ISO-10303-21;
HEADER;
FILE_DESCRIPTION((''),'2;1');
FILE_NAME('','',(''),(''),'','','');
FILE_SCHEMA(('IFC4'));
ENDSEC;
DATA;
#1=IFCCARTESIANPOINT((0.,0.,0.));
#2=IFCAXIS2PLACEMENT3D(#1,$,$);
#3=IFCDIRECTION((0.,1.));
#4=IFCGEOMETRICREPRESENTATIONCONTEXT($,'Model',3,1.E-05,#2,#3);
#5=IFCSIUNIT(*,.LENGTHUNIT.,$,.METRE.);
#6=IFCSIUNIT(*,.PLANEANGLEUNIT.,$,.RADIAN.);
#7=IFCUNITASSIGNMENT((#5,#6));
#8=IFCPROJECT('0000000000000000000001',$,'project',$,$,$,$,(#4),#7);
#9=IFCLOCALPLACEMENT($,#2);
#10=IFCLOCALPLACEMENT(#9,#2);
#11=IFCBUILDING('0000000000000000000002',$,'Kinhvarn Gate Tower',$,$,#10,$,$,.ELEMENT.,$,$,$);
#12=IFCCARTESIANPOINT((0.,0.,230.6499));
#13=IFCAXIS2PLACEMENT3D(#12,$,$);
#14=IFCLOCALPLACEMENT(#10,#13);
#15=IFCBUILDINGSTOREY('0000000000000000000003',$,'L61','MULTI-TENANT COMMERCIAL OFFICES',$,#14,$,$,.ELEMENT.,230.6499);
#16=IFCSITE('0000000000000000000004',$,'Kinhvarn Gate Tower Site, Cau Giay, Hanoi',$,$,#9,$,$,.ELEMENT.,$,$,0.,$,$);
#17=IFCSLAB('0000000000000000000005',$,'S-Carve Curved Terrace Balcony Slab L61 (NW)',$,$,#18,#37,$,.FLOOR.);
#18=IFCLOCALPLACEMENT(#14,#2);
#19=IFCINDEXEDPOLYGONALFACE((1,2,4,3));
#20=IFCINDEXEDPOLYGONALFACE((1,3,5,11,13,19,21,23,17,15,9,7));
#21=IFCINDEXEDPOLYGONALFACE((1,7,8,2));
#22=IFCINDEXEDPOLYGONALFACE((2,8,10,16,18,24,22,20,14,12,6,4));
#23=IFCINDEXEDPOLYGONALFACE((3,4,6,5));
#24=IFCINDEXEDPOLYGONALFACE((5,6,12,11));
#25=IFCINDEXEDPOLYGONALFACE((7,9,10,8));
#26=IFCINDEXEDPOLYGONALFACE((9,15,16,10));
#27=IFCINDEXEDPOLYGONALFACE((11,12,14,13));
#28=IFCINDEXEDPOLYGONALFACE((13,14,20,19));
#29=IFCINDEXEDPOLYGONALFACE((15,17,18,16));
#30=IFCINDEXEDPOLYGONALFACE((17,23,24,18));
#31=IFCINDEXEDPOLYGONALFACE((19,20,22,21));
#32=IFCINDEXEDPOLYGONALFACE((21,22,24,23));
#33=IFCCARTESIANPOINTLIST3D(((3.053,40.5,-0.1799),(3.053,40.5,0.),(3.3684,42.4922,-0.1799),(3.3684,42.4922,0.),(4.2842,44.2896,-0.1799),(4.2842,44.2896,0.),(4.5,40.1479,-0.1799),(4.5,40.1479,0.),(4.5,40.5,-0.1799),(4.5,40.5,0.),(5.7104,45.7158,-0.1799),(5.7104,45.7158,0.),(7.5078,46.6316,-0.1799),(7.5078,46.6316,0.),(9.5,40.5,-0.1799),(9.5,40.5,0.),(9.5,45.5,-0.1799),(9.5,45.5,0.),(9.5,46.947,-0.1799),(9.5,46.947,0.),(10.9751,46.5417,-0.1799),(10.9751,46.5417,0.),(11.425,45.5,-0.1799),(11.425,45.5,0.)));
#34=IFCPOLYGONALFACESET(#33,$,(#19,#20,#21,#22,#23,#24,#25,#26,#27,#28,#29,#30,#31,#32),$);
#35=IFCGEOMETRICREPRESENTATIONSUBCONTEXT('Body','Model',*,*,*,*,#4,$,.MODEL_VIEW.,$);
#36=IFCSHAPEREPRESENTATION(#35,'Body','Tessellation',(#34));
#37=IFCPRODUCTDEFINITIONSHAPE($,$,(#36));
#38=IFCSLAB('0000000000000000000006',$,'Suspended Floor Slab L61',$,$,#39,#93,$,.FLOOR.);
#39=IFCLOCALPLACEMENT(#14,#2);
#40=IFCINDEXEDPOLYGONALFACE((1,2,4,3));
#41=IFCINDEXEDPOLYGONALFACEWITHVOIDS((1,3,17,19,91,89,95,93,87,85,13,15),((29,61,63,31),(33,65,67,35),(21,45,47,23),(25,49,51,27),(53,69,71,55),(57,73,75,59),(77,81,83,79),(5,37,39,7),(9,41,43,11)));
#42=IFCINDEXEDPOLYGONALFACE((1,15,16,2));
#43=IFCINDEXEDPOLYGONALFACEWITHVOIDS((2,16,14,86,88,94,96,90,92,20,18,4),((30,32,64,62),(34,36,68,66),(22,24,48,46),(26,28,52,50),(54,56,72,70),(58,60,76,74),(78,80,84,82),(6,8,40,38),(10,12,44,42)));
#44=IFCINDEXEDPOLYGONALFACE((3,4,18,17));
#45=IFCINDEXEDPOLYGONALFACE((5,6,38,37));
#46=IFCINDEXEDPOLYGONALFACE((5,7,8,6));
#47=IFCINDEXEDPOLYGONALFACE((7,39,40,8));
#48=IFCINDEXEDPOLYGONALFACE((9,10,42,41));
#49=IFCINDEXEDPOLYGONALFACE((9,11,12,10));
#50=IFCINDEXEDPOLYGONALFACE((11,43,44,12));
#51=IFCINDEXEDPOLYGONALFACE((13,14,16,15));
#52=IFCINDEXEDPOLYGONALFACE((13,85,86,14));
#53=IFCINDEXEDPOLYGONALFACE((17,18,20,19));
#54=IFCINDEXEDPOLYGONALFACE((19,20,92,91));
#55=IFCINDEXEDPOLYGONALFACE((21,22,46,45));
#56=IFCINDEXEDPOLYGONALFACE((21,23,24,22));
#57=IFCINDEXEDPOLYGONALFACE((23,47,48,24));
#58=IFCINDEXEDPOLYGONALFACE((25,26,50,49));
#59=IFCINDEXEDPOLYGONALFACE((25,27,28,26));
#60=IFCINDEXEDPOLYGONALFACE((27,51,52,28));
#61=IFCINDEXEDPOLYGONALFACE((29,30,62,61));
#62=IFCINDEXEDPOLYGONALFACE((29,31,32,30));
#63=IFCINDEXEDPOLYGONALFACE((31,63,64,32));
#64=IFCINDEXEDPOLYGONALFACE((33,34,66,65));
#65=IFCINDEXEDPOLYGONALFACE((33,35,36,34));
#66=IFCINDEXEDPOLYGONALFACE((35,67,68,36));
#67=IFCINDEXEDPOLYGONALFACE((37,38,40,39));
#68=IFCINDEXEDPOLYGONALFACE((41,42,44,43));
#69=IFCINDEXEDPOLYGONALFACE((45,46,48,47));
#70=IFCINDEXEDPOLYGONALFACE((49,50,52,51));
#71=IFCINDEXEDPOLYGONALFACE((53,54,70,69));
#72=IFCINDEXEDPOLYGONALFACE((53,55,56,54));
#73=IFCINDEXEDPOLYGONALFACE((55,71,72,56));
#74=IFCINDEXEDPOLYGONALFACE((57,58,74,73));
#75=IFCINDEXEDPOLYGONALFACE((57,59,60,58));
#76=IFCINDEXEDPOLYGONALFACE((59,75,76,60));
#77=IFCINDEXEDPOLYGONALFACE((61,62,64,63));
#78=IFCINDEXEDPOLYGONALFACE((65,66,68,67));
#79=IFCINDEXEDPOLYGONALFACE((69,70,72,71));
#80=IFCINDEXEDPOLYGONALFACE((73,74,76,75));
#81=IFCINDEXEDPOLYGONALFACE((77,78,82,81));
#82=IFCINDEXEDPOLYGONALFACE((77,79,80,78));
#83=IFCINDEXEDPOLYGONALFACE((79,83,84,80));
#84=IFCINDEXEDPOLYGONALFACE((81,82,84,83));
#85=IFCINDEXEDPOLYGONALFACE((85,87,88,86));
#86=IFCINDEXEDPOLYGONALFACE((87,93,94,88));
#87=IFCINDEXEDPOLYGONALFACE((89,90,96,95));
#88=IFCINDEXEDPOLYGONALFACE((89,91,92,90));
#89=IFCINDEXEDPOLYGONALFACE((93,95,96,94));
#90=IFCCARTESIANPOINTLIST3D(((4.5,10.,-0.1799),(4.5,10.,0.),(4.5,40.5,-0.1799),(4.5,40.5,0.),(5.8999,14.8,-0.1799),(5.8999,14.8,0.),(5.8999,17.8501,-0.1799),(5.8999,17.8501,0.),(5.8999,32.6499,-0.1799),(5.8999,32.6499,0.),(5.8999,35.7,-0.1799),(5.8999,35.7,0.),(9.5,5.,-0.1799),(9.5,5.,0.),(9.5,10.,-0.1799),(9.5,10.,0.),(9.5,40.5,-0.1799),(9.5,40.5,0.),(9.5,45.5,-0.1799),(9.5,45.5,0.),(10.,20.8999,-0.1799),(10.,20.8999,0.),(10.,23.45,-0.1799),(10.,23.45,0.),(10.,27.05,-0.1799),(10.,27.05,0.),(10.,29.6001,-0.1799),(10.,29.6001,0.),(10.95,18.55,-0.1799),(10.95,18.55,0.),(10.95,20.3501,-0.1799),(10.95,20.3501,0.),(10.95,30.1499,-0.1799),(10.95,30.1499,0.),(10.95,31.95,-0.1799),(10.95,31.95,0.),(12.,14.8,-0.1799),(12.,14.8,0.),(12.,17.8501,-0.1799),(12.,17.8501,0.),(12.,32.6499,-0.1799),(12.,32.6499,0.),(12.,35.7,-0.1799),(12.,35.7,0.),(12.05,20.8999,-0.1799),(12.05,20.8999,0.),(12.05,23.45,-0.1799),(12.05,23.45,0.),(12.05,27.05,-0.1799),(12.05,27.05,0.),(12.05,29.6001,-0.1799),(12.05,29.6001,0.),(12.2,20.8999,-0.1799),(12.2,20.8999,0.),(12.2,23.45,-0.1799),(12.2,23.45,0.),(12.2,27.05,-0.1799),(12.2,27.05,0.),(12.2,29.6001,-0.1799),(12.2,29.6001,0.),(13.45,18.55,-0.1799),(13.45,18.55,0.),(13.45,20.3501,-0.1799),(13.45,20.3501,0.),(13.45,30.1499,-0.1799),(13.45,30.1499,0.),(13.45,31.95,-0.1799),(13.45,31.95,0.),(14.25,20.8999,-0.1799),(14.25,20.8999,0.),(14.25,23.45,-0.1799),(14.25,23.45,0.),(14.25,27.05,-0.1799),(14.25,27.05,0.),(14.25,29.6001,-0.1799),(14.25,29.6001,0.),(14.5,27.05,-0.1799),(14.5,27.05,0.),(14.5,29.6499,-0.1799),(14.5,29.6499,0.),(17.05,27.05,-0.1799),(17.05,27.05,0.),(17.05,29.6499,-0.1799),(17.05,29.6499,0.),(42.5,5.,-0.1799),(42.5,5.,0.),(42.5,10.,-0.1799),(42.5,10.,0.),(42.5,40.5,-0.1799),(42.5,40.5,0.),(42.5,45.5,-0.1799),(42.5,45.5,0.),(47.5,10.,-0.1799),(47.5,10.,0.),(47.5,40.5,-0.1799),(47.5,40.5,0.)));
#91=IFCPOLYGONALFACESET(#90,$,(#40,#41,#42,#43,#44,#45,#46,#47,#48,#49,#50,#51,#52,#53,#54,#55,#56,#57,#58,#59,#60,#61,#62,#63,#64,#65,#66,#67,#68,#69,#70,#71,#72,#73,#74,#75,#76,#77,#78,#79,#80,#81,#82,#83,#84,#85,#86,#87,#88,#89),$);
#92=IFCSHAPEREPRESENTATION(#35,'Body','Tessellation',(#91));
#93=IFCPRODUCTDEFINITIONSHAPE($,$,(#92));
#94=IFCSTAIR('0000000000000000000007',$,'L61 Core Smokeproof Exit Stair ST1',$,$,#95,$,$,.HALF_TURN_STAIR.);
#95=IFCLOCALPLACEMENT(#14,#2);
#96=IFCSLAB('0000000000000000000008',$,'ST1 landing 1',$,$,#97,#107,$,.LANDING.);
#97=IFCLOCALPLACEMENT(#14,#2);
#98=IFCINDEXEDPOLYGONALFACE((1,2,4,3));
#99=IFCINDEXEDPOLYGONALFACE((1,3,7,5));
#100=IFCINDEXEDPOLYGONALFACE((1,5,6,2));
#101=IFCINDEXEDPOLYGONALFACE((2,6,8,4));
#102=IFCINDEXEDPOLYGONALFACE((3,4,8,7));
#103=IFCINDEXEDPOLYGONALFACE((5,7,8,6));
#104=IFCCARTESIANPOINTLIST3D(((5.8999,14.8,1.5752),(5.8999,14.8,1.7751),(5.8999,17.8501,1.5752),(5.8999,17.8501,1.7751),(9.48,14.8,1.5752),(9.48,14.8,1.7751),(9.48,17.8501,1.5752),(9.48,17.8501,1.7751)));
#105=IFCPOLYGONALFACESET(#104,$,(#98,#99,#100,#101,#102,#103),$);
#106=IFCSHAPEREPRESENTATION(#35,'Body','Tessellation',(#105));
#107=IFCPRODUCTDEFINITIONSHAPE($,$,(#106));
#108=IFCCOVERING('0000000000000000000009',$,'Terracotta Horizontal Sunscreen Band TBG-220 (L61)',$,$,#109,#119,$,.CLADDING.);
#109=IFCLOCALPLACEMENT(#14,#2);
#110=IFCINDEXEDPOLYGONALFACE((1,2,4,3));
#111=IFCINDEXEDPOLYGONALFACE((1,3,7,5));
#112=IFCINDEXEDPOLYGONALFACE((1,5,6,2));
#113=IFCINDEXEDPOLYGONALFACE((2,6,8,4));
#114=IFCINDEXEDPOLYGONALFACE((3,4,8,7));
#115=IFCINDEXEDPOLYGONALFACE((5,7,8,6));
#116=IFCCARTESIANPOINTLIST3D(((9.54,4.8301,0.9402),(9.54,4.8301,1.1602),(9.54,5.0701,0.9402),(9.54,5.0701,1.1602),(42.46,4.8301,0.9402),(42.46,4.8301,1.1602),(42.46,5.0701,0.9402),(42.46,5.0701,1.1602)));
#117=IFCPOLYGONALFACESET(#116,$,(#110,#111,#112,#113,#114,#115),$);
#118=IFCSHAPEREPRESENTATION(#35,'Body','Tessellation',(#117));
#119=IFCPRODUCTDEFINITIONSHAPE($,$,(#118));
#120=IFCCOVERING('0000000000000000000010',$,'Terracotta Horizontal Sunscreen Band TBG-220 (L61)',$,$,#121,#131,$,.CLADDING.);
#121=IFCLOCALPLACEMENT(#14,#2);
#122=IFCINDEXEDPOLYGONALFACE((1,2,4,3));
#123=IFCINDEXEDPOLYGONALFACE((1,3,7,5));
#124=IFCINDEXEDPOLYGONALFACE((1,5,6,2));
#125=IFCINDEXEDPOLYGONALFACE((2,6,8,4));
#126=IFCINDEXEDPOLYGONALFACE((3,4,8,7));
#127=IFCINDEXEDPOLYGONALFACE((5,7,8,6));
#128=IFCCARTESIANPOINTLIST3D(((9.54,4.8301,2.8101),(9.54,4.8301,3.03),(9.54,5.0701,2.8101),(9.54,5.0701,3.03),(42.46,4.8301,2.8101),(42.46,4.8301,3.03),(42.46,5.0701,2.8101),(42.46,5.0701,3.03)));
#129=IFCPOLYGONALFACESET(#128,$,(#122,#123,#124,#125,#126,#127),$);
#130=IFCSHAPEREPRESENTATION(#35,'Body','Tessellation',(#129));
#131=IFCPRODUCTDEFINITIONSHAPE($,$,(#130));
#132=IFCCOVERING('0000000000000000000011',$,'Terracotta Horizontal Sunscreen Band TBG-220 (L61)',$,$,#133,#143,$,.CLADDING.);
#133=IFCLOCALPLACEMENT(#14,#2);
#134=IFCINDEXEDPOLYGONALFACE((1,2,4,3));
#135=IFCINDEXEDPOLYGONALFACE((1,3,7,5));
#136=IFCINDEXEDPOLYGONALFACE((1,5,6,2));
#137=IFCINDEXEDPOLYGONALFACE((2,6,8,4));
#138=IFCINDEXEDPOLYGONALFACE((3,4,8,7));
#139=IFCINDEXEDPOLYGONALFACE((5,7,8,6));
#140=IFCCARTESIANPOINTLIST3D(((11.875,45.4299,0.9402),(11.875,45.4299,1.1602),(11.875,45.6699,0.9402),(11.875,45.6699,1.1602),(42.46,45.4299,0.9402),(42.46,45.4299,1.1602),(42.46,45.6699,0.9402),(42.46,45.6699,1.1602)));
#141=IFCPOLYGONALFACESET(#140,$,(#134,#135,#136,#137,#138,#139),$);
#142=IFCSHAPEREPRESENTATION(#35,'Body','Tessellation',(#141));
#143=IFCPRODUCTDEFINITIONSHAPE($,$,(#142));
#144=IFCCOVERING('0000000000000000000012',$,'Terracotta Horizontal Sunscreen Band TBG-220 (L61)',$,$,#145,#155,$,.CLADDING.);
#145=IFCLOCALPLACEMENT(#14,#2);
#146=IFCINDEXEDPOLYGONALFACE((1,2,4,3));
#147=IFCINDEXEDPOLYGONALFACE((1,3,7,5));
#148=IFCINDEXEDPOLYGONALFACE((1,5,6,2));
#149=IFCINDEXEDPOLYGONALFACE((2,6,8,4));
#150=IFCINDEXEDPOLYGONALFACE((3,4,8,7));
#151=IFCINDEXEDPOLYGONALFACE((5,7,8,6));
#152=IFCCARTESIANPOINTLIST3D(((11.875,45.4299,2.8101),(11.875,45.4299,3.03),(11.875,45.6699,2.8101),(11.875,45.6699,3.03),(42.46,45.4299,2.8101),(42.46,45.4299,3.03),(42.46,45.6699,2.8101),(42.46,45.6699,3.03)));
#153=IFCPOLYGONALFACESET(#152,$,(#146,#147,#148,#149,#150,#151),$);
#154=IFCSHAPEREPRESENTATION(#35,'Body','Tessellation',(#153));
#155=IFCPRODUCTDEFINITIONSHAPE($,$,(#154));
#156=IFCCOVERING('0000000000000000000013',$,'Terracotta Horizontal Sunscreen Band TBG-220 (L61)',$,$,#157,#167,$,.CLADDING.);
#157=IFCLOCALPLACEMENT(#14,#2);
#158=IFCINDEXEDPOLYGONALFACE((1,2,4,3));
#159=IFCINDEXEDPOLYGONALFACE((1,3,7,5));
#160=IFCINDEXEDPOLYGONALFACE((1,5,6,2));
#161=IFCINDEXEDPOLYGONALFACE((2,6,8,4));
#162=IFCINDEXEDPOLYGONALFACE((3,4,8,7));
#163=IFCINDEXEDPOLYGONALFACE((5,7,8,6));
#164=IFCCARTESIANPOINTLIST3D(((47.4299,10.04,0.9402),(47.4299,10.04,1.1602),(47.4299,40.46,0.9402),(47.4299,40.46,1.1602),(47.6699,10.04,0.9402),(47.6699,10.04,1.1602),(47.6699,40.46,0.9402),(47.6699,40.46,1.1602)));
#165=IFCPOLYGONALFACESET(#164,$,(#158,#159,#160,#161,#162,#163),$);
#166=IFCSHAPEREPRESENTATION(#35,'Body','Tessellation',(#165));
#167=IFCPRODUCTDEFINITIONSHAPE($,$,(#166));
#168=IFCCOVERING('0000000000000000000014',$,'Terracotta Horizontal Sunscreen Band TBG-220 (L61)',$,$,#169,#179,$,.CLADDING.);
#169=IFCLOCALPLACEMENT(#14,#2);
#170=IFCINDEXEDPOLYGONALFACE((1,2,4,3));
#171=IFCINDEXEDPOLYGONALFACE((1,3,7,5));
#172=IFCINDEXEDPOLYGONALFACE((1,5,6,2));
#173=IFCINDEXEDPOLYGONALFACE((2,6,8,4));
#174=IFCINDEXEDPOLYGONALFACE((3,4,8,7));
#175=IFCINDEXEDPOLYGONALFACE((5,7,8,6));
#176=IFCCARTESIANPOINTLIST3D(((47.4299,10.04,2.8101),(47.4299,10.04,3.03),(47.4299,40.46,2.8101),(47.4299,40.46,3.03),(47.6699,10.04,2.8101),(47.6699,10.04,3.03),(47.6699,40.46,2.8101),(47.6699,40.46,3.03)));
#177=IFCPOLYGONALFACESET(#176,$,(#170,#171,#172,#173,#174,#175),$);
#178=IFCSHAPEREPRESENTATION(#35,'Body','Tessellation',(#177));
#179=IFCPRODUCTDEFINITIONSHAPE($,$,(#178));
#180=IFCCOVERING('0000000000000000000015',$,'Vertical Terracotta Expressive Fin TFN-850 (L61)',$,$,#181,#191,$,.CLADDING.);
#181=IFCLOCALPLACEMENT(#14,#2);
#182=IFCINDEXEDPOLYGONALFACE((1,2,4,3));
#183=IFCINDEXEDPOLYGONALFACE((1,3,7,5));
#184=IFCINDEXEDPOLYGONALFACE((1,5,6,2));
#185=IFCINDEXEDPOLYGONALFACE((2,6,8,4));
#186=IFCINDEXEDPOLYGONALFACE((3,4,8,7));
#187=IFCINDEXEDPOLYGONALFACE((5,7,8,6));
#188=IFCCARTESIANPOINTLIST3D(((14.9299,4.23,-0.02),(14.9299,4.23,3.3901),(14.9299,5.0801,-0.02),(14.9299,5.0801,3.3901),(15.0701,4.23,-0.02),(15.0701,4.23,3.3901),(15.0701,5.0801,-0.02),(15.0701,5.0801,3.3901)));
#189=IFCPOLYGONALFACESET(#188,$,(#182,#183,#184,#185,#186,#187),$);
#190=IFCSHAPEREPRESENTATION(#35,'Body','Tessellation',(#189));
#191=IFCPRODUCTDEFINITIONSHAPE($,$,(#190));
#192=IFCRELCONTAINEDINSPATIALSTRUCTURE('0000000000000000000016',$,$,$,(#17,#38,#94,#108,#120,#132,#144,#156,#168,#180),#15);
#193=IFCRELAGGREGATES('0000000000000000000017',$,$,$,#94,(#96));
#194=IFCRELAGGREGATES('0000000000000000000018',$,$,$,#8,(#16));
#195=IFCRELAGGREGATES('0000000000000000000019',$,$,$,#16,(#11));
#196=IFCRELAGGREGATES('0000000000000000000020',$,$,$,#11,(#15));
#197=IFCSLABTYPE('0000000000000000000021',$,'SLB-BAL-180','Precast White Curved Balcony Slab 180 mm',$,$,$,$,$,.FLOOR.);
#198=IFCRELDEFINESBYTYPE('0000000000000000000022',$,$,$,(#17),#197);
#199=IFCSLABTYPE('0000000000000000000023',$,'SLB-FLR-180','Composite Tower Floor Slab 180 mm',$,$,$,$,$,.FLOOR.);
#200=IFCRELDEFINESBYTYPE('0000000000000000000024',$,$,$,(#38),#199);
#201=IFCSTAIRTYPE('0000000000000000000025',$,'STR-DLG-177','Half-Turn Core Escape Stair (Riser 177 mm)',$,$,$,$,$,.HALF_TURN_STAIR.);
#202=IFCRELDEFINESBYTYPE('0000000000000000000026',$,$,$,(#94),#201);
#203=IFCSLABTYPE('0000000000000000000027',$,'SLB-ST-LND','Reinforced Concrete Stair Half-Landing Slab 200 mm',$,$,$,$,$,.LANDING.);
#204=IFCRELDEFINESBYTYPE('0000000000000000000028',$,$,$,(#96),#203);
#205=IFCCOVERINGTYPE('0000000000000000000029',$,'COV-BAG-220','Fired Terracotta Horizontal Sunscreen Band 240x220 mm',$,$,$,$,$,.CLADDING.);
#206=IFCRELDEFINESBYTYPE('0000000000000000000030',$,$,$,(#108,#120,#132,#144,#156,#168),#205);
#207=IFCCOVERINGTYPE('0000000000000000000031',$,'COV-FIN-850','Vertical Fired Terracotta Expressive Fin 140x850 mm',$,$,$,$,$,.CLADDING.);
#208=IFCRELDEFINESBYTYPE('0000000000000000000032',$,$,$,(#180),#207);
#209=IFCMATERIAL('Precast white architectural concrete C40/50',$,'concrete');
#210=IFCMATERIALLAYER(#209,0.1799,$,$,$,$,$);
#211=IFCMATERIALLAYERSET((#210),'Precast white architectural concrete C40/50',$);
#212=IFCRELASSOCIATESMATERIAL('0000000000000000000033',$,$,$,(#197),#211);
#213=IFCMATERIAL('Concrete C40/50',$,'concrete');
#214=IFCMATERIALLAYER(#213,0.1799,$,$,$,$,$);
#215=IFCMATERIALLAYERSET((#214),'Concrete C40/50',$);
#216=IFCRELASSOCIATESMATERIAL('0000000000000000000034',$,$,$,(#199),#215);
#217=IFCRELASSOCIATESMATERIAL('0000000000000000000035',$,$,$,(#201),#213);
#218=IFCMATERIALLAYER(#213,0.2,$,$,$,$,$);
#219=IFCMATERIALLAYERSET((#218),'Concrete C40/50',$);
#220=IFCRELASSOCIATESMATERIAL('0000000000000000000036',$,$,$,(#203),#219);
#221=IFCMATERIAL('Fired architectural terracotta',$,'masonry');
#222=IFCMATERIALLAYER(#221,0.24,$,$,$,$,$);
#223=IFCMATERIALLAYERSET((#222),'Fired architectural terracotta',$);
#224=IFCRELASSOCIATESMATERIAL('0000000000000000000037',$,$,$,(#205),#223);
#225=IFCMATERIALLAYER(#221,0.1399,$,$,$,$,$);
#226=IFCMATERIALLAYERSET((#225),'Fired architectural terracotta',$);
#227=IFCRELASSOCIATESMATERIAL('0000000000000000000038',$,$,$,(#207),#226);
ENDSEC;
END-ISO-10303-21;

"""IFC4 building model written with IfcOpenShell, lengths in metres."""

from ifc_helpers import new_model, si_unit, direction, frame, origin, place, context, subcontext, project, spatial, polyline, outline, extrude, material, layer, layer_set, type_object, element, aggregate, save


model = new_model("IFC4")

# Units and contexts
model_context = context("Model", 3, precision=1e-05, world=origin(), true_north=direction((0.0, 1.0)))
body_context = subcontext(model_context, "Body", "Model", "MODEL_VIEW")
ifc_project = project(units=[si_unit("LENGTHUNIT", "METRE"), si_unit("PLANEANGLEUNIT", "RADIAN")], contexts=[model_context])

# Site, building, storey
site_placement = place(None, origin())
site = spatial("IfcSite", under=ifc_project, at=site_placement, Name="Kinhvarn Gate Tower Site, Cau Giay, Hanoi", CompositionType="ELEMENT", RefElevation=0.0)
building_placement = place(site_placement, origin())
building = spatial("IfcBuilding", under=site, at=building_placement, Name="Kinhvarn Gate Tower", CompositionType="ELEMENT")
storey_placement = place(building_placement, frame((0.0, 0.0, 230.6499)))
storey = spatial("IfcBuildingStorey", under=building, at=storey_placement, Name="L61", Description="MULTI-TENANT COMMERCIAL OFFICES", CompositionType="ELEMENT", Elevation=230.6499)

# Slabs
ifc_material_1 = material(Name="Precast white architectural concrete C40/50", Category="concrete")
ifc_layer_1 = layer(ifc_material_1, 0.1799)
ifc_layer_set_1 = layer_set([ifc_layer_1], Name="Precast white architectural concrete C40/50")
slab_type_1 = type_object("IfcSlabType", Name="SLB-BAL-180", Description="Precast White Curved Balcony Slab 180 mm", PredefinedType="FLOOR", material=ifc_layer_set_1)
slab_1_placement = place(storey_placement, frame((0.0, 0.0, -0.1799)))
element("IfcSlab", 1, at=slab_1_placement, inside=storey, type_object=slab_type_1, Name="S-Carve Curved Terrace Balcony Slab L61 (NW)", PredefinedType="FLOOR", context=body_context, shape_type="SweptSolid", body=[
    extrude(outline(polyline([(11.425, 45.5), (10.9751, 46.5417), (9.5, 46.947), (7.5078, 46.6316), (5.7104, 45.7158), (4.2842, 44.2896), (3.3684, 42.4922), (3.053, 40.5), (4.5, 40.1479), (4.5, 40.5), (9.5, 40.5), (9.5, 45.5), (11.425, 45.5)])), origin(), (0.0, 0.0, 1.0), 0.1799),
])
ifc_material_2 = material(Name="Concrete C40/50", Category="concrete")
ifc_layer_2 = layer(ifc_material_2, 0.1799)
ifc_layer_set_2 = layer_set([ifc_layer_2], Name="Concrete C40/50")
slab_type_2 = type_object("IfcSlabType", Name="SLB-FLR-180", Description="Composite Tower Floor Slab 180 mm", PredefinedType="FLOOR", material=ifc_layer_set_2)
slab_2_placement = place(storey_placement, frame((0.0, 0.0, -0.1799)))
element("IfcSlab", 2, at=slab_2_placement, inside=storey, type_object=slab_type_2, Name="Suspended Floor Slab L61", PredefinedType="FLOOR", context=body_context, shape_type="SweptSolid", body=[
    extrude(outline(polyline([(9.5, 5.0), (42.5, 5.0), (42.5, 10.0), (47.5, 10.0), (47.5, 40.5), (42.5, 40.5), (42.5, 45.5), (9.5, 45.5), (9.5, 40.5), (4.5, 40.5), (4.5, 10.0), (9.5, 10.0), (9.5, 5.0)]), holes=[polyline([(5.8999, 14.8), (12.0, 14.8), (12.0, 17.8501), (5.8999, 17.8501), (5.8999, 14.8)]), polyline([(5.8999, 32.6499), (12.0, 32.6499), (12.0, 35.7), (5.8999, 35.7), (5.8999, 32.6499)]), polyline([(10.0, 20.8999), (12.05, 20.8999), (12.05, 23.45), (10.0, 23.45), (10.0, 20.8999)]), polyline([(12.2, 20.8999), (14.25, 20.8999), (14.25, 23.45), (12.2, 23.45), (12.2, 20.8999)]), polyline([(10.0, 27.05), (12.05, 27.05), (12.05, 29.6001), (10.0, 29.6001), (10.0, 27.05)]), polyline([(12.2, 27.05), (14.25, 27.05), (14.25, 29.6001), (12.2, 29.6001), (12.2, 27.05)]), polyline([(14.5, 27.05), (17.05, 27.05), (17.05, 29.6499), (14.5, 29.6499), (14.5, 27.05)]), polyline([(10.95, 18.55), (13.45, 18.55), (13.45, 20.3501), (10.95, 20.3501), (10.95, 18.55)]), polyline([(10.95, 30.1499), (13.45, 30.1499), (13.45, 31.95), (10.95, 31.95), (10.95, 30.1499)])]), origin(), (0.0, 0.0, 1.0), 0.1799),
])

# Stair, slab
stair_type = type_object("IfcStairType", Name="STR-DLG-177", Description="Half-Turn Core Escape Stair (Riser 177 mm)", PredefinedType="HALF_TURN_STAIR", material=ifc_material_2)
stair_placement = place(storey_placement, origin())
stair = element("IfcStair", 3, at=stair_placement, inside=storey, type_object=stair_type, Name="L61 Core Smokeproof Exit Stair ST1", PredefinedType="HALF_TURN_STAIR")
ifc_layer_3 = layer(ifc_material_2, 0.2)
ifc_layer_set_3 = layer_set([ifc_layer_3], Name="Concrete C40/50")
slab_type_3 = type_object("IfcSlabType", Name="SLB-ST-LND", Description="Reinforced Concrete Stair Half-Landing Slab 200 mm", PredefinedType="LANDING", material=ifc_layer_set_3)
slab_3_placement = place(storey_placement, frame((0.0, 0.0, 1.5752)))
slab_3 = element("IfcSlab", 4, at=slab_3_placement, type_object=slab_type_3, Name="ST1 landing 1", PredefinedType="LANDING", context=body_context, shape_type="SweptSolid", body=[
    extrude(outline(polyline([(9.48, 17.8501), (5.8999, 17.8501), (5.8999, 14.8), (9.48, 14.8), (9.48, 17.8501)])), origin(), (0.0, 0.0, 1.0), 0.2),
])
aggregate(stair, [slab_3])

# Coverings
ifc_material_3 = material(Name="Fired architectural terracotta", Category="masonry")
ifc_layer_4 = layer(ifc_material_3, 0.24)
ifc_layer_set_4 = layer_set([ifc_layer_4], Name="Fired architectural terracotta")
covering_type_1 = type_object("IfcCoveringType", Name="COV-BAG-220", Description="Fired Terracotta Horizontal Sunscreen Band 240x220 mm", PredefinedType="CLADDING", material=ifc_layer_set_4)
for number, where, name in (
    (5, (0.0, 0.0, 0.9402), "Terracotta Horizontal Sunscreen Band TBG-220 (L61)"),
    (6, (0.0, 0.0, 2.8101), "Terracotta Horizontal Sunscreen Band TBG-220 (L61)"),
):
    element("IfcCovering", number, at=place(storey_placement, frame(where)), inside=storey, type_object=covering_type_1, Name=name, PredefinedType="CLADDING", context=body_context, shape_type="SweptSolid", body=[
        extrude(outline(polyline([(9.54, 5.0701), (42.46, 5.0701), (42.46, 4.8301), (9.54, 4.8301), (9.54, 5.0701)])), origin(), (0.0, 0.0, 1.0), 0.22),
    ])
for number, where, name in (
    (7, (0.0, 0.0, 0.9402), "Terracotta Horizontal Sunscreen Band TBG-220 (L61)"),
    (8, (0.0, 0.0, 2.8101), "Terracotta Horizontal Sunscreen Band TBG-220 (L61)"),
):
    element("IfcCovering", number, at=place(storey_placement, frame(where)), inside=storey, type_object=covering_type_1, Name=name, PredefinedType="CLADDING", context=body_context, shape_type="SweptSolid", body=[
        extrude(outline(polyline([(42.46, 45.4299), (11.875, 45.4299), (11.875, 45.6699), (42.46, 45.6699), (42.46, 45.4299)])), origin(), (0.0, 0.0, 1.0), 0.22),
    ])
for number, where, name in (
    (9, (0.0, 0.0, 0.9402), "Terracotta Horizontal Sunscreen Band TBG-220 (L61)"),
    (10, (0.0, 0.0, 2.8101), "Terracotta Horizontal Sunscreen Band TBG-220 (L61)"),
):
    element("IfcCovering", number, at=place(storey_placement, frame(where)), inside=storey, type_object=covering_type_1, Name=name, PredefinedType="CLADDING", context=body_context, shape_type="SweptSolid", body=[
        extrude(outline(polyline([(47.4299, 10.04), (47.4299, 40.46), (47.6699, 40.46), (47.6699, 10.04), (47.4299, 10.04)])), origin(), (0.0, 0.0, 1.0), 0.22),
    ])
ifc_layer_5 = layer(ifc_material_3, 0.1399)
ifc_layer_set_5 = layer_set([ifc_layer_5], Name="Fired architectural terracotta")
covering_type_2 = type_object("IfcCoveringType", Name="COV-FIN-850", Description="Vertical Fired Terracotta Expressive Fin 140x850 mm", PredefinedType="CLADDING", material=ifc_layer_set_5)
covering_1_placement = place(storey_placement, frame((0.0, 0.0, -0.02)))
element("IfcCovering", 11, at=covering_1_placement, inside=storey, type_object=covering_type_2, Name="Vertical Terracotta Expressive Fin TFN-850 (L61)", PredefinedType="CLADDING", context=body_context, shape_type="SweptSolid", body=[
    extrude(outline(polyline([(14.9299, 5.0801), (15.0701, 5.0801), (15.0701, 4.23), (14.9299, 4.23), (14.9299, 5.0801)])), origin(), (0.0, 0.0, 1.0), 3.4102),
])

save(model, "model.ifc")
